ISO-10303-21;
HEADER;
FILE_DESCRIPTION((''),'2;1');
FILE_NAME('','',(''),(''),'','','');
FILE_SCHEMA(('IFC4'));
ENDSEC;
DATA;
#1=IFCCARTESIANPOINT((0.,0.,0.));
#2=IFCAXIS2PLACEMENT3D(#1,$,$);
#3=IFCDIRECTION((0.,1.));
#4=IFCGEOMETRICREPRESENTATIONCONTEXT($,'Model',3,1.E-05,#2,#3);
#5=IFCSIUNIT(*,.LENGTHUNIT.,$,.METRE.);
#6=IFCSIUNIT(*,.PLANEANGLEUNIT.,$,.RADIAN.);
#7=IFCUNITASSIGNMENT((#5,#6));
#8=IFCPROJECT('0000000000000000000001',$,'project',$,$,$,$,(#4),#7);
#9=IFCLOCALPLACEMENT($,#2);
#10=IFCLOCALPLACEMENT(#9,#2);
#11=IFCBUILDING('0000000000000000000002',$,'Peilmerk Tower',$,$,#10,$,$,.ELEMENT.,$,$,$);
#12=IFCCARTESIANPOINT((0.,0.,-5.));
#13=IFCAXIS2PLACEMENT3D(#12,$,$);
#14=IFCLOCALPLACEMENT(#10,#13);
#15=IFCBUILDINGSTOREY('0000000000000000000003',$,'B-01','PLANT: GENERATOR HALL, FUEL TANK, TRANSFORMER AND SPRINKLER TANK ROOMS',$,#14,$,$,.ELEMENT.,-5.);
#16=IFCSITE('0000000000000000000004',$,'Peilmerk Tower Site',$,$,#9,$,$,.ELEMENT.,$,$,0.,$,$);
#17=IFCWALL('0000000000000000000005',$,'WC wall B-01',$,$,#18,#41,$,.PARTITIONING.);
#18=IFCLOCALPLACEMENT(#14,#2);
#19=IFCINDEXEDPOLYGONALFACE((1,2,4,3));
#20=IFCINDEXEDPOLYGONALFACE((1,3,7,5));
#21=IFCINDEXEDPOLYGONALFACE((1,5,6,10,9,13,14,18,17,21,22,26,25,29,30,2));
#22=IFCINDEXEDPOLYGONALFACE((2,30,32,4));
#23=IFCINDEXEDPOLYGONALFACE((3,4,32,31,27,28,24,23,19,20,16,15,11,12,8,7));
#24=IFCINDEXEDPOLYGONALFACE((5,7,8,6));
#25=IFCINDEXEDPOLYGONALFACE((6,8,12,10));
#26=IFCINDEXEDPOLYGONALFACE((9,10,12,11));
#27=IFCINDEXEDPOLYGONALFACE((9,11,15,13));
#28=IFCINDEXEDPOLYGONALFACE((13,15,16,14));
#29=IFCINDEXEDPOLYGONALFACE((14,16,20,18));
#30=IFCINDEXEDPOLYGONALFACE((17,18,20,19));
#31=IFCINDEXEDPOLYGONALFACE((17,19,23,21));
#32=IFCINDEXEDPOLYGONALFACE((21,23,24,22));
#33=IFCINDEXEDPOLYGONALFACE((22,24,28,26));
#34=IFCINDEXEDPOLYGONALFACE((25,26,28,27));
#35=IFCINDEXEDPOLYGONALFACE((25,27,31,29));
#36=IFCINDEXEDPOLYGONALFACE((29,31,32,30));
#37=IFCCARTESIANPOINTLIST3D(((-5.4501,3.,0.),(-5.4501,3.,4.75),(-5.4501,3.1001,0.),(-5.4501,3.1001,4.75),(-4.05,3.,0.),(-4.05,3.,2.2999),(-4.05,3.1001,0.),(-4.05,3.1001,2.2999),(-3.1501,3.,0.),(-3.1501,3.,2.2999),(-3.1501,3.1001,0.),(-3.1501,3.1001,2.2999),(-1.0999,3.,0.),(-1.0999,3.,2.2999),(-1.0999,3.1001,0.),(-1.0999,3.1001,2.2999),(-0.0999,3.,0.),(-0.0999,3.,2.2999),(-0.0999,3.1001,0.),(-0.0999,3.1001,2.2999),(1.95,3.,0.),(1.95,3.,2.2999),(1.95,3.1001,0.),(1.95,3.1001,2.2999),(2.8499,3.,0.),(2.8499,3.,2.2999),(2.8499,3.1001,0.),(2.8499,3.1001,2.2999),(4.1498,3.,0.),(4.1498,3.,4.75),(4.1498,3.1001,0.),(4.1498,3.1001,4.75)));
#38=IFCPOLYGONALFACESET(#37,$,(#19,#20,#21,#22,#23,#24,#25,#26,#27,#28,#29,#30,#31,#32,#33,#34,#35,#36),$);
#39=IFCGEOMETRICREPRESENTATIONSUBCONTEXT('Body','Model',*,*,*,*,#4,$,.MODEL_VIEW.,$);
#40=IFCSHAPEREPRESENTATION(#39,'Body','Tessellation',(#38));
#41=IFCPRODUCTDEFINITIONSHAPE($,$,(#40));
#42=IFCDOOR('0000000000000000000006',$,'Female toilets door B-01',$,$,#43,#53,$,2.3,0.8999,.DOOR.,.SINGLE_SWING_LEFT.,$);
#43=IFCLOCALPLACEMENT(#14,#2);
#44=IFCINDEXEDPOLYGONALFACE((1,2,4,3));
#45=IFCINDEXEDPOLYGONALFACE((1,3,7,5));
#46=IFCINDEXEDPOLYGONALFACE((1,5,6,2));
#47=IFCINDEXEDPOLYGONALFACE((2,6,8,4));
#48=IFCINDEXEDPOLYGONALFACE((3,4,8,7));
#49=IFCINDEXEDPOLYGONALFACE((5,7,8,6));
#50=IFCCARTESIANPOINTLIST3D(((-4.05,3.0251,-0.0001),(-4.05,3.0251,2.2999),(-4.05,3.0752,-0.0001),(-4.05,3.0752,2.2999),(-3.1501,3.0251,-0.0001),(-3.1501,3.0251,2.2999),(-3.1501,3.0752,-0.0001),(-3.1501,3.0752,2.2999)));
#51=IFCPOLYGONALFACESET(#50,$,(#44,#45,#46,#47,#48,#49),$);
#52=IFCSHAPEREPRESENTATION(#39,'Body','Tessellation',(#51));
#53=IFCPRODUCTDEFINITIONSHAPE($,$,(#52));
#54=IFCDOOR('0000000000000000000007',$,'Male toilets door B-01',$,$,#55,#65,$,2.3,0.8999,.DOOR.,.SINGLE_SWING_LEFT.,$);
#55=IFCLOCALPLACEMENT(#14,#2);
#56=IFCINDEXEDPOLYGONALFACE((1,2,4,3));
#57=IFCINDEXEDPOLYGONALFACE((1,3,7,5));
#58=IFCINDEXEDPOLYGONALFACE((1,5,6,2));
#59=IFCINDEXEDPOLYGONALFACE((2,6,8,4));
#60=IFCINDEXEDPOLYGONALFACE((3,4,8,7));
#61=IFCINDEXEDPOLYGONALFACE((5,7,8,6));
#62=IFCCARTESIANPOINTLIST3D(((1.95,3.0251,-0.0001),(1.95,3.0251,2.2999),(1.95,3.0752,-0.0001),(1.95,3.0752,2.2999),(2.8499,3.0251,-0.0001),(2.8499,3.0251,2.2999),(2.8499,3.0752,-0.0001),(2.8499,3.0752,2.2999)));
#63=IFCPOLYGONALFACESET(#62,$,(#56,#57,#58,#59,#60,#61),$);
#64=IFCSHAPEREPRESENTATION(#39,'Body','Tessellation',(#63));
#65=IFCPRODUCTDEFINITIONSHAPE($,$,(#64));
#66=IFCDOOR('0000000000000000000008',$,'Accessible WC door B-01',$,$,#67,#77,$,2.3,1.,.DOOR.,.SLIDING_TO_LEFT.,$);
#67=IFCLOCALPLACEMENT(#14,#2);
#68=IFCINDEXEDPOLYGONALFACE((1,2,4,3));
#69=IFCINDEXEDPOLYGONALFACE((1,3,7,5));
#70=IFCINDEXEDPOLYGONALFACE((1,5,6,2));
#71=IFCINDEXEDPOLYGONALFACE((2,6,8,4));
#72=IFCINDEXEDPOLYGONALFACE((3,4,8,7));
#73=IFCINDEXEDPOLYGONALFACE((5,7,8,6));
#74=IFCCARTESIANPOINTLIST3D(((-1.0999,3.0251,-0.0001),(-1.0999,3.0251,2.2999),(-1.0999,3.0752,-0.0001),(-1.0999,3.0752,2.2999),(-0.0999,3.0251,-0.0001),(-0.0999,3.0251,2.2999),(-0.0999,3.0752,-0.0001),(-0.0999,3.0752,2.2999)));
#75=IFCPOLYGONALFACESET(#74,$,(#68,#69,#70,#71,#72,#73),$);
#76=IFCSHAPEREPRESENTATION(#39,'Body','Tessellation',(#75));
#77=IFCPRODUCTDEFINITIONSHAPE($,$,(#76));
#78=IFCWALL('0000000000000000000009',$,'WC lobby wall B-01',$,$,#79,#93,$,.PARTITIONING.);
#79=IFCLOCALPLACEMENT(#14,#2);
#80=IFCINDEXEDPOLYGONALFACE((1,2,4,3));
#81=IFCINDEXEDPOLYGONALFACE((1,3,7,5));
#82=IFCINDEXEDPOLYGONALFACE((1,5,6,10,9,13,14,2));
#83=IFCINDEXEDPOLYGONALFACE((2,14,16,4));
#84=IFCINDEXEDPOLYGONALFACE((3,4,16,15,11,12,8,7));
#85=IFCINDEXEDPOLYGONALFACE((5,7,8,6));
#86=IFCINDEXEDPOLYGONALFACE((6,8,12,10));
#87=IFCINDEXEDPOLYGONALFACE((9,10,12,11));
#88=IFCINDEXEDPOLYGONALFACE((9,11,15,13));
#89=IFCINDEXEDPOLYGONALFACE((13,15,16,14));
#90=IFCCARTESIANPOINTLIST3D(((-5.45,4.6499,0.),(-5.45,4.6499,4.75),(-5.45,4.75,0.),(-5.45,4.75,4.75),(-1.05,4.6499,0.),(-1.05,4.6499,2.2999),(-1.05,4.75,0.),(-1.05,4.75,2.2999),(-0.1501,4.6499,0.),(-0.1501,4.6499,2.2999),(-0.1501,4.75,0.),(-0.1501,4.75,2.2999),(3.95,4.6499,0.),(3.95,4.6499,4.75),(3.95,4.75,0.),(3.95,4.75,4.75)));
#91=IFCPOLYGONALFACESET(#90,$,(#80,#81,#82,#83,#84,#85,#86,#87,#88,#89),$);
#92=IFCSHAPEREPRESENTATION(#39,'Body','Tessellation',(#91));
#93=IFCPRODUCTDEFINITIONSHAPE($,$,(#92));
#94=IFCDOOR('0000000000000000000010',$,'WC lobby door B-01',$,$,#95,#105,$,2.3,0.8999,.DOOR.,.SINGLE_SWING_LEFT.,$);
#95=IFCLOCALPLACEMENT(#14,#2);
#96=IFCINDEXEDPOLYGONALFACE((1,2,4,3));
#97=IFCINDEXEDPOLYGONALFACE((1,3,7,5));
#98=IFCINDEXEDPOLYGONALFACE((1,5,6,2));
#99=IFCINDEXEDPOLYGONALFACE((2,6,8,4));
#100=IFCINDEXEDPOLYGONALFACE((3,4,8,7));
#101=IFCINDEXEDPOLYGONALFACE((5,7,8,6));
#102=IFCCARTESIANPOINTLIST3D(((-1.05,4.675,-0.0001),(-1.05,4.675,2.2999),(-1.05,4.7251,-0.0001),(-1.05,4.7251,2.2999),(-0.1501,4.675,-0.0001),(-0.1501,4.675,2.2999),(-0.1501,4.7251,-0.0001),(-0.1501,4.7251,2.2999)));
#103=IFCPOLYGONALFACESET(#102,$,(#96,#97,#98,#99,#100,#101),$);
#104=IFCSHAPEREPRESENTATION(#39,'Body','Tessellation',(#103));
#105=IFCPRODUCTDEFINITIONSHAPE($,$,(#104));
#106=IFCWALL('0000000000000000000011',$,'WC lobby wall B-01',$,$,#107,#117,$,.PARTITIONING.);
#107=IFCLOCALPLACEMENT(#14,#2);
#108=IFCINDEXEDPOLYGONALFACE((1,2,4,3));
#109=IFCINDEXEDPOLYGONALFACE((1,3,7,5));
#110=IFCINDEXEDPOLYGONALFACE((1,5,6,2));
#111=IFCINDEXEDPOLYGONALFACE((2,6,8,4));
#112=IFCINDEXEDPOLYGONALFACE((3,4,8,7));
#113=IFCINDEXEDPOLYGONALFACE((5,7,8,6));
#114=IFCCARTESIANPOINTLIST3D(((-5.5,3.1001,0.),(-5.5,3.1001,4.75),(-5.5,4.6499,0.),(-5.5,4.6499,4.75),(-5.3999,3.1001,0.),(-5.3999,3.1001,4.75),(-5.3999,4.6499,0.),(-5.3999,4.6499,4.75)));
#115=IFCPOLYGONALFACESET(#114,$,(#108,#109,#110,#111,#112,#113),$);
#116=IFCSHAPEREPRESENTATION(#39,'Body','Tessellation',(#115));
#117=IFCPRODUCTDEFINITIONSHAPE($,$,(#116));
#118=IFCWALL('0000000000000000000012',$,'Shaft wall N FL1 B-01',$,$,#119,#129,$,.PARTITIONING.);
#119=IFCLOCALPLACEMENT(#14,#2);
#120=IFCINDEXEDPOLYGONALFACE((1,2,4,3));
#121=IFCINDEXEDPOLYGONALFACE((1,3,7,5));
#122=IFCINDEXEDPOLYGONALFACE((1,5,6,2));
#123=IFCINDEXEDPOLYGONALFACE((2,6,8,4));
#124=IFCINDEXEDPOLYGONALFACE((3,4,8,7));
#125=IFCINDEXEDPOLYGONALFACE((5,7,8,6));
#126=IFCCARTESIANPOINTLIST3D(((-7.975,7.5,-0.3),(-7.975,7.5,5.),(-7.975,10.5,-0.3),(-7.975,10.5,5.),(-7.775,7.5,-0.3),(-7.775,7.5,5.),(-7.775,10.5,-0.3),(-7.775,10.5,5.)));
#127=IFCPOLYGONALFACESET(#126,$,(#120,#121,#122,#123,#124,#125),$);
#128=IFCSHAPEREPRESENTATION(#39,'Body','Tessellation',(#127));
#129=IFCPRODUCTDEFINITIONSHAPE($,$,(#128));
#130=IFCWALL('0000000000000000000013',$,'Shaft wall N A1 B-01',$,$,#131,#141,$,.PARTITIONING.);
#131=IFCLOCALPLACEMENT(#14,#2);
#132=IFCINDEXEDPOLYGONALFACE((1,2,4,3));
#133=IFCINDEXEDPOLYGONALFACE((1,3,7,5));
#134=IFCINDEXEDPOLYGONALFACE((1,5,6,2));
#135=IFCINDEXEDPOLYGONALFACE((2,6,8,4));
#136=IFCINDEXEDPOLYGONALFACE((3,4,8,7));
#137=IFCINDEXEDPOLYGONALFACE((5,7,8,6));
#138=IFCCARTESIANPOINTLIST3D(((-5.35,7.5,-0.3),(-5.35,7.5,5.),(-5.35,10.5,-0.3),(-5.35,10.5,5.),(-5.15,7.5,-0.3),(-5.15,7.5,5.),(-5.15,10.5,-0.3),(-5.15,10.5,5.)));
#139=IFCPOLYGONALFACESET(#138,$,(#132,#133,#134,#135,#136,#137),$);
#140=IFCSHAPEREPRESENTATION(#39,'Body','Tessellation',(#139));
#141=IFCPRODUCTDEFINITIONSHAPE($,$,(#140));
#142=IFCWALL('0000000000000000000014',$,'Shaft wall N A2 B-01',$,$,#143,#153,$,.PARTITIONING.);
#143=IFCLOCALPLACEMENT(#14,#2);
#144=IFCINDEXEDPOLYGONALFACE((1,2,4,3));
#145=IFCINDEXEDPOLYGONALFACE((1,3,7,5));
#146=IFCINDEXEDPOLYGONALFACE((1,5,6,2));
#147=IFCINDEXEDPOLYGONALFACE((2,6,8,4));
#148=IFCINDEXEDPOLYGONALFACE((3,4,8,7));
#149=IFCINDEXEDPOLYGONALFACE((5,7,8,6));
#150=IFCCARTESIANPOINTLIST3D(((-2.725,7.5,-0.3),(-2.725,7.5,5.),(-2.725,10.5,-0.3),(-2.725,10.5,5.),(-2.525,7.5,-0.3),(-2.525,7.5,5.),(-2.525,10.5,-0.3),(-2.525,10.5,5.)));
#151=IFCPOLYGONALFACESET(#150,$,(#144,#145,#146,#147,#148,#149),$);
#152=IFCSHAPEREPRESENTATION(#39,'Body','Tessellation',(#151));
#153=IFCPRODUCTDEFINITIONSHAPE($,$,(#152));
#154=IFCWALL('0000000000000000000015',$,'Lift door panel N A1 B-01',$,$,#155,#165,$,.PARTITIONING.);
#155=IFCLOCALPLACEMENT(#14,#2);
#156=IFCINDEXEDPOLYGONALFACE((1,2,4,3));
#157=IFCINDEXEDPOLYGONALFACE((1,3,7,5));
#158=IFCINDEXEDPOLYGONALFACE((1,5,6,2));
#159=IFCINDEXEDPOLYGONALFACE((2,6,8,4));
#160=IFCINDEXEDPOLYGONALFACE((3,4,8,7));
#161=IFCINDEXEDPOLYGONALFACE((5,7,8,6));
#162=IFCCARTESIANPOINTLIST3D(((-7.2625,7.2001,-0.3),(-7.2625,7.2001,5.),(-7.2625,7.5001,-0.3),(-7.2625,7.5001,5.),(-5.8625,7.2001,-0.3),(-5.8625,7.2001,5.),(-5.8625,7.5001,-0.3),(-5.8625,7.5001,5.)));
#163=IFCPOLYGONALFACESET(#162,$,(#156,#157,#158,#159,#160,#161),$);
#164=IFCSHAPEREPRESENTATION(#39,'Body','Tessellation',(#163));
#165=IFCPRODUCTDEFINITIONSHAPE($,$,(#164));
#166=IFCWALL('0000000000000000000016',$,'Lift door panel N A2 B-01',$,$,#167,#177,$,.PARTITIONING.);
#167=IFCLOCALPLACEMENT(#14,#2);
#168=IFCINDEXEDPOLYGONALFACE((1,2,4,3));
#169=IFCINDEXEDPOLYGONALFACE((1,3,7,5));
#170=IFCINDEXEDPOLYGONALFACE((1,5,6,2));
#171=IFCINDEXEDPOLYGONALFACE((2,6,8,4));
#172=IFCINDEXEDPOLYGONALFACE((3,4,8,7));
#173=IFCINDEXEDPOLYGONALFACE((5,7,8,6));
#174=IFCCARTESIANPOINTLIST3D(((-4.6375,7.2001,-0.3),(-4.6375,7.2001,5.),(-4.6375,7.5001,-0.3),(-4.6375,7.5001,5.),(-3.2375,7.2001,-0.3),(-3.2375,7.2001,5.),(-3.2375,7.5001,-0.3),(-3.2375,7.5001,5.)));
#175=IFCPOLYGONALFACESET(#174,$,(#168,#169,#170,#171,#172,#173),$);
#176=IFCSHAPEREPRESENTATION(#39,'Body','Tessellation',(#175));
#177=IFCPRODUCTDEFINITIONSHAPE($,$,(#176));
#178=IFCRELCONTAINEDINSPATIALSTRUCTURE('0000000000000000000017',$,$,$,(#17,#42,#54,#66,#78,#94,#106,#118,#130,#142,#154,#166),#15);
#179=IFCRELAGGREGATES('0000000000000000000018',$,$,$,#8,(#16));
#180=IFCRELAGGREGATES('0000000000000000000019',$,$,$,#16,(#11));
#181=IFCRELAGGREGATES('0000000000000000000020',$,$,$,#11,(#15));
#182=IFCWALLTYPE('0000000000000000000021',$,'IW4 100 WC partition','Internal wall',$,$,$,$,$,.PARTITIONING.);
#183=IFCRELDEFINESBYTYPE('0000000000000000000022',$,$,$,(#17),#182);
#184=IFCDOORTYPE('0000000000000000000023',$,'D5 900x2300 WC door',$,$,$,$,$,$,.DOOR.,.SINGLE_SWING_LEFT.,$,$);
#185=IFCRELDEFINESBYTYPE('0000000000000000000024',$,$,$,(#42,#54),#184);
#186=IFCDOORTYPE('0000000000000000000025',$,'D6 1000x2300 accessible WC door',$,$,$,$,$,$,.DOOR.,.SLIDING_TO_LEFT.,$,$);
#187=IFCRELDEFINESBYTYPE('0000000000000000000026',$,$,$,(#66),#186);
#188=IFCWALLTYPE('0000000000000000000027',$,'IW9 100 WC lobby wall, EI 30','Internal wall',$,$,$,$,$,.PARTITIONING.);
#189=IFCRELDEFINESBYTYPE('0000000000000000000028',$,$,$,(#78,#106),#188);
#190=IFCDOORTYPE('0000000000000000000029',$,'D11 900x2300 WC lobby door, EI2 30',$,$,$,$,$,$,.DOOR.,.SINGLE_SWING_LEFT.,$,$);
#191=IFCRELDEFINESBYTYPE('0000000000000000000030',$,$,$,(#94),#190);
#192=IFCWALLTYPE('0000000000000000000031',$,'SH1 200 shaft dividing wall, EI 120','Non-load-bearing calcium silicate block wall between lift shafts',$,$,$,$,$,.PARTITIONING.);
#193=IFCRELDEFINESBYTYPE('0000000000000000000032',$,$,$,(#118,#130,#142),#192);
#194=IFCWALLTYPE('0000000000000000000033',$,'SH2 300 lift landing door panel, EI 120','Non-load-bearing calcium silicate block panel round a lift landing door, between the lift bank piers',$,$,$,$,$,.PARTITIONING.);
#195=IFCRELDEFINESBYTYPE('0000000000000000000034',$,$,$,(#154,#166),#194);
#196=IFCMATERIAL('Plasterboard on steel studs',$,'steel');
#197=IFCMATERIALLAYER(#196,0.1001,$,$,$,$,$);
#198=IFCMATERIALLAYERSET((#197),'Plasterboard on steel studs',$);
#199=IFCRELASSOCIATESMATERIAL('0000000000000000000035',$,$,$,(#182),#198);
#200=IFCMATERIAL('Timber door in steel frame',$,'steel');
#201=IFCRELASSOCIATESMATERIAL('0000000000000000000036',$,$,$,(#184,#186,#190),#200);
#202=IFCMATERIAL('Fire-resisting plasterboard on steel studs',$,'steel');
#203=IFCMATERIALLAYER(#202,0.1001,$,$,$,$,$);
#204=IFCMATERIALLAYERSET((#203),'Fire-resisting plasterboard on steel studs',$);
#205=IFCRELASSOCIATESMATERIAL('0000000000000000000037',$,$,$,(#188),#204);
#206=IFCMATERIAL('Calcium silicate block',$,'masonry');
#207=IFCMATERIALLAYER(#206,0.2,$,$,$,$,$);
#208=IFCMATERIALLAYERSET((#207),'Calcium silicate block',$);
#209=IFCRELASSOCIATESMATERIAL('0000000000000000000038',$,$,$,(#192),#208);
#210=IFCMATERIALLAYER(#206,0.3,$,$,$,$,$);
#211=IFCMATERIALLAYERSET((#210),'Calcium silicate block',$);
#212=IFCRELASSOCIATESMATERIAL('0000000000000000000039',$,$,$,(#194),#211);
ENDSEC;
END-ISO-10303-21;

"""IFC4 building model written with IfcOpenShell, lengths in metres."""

from ifc_helpers import new_model, si_unit, direction, frame, frame_2d, origin, place, context, subcontext, project, spatial, rectangle, extrude, material, layer, layer_set, type_object, element, fill, save


model = new_model("IFC4")

# Units and contexts
model_context = context("Model", 3, precision=1e-05, world=origin(), true_north=direction((0.0, 1.0)))
body_context = subcontext(model_context, "Body", "Model", "MODEL_VIEW")
ifc_project = project(units=[si_unit("LENGTHUNIT", "METRE"), si_unit("PLANEANGLEUNIT", "RADIAN")], contexts=[model_context])

# Site, building, storey
site_placement = place(None, origin())
site = spatial("IfcSite", under=ifc_project, at=site_placement, Name="Peilmerk Tower Site", CompositionType="ELEMENT", RefElevation=0.0)
building_placement = place(site_placement, origin())
building = spatial("IfcBuilding", under=site, at=building_placement, Name="Peilmerk Tower", CompositionType="ELEMENT")
storey_placement = place(building_placement, frame((0.0, 0.0, -5.0)))
storey = spatial("IfcBuildingStorey", under=building, at=storey_placement, Name="B-01", Description="PLANT: GENERATOR HALL, FUEL TANK, TRANSFORMER AND SPRINKLER TANK ROOMS", CompositionType="ELEMENT", Elevation=-5.0)

# Wall, openings, doors
ifc_material_1 = material(Name="Plasterboard on steel studs", Category="steel")
ifc_layer_1 = layer(ifc_material_1, 0.1001)
ifc_layer_set_1 = layer_set([ifc_layer_1], Name="Plasterboard on steel studs")
wall_type_1 = type_object("IfcWallType", Name="IW4 100 WC partition", Description="Internal wall", PredefinedType="PARTITIONING", material=ifc_layer_set_1)
wall_1_placement = place(storey_placement, frame((-5.45, 3.05, 0.0), z_axis=(0.0, 0.0, 1.0), x_axis=(1.0, 0.0, 0.0)))
wall_1 = element("IfcWall", 1, at=wall_1_placement, inside=storey, type_object=wall_type_1, Name="WC wall B-01", PredefinedType="PARTITIONING", context=body_context, shape_type="SweptSolid", body=[
    extrude(rectangle(XDim=9.5999, YDim=0.1001, at=frame_2d((4.7998, 0.0))), origin(), (0.0, 0.0, 1.0), 4.75),
])
opening_1_placement = place(wall_1_placement, frame((1.3999, 0.0, 0.0)))
opening_1 = element("IfcOpeningElement", 2, at=opening_1_placement, cuts=wall_1, PredefinedType="OPENING", context=body_context, shape_type="SweptSolid", body=[
    extrude(rectangle(XDim=0.8999, YDim=2.3, at=frame_2d((0.45, 1.1499))), frame((0.0, 0.0601, 0.0), z_axis=(0.0, -1.0, 0.0), x_axis=(1.0, 0.0, 0.0)), (0.0, 0.0, 1.0), 0.1201),
])
opening_2_placement = place(wall_1_placement, frame((4.3501, 0.0, 0.0)))
opening_2 = element("IfcOpeningElement", 3, at=opening_2_placement, cuts=wall_1, PredefinedType="OPENING", context=body_context, shape_type="SweptSolid", body=[
    extrude(rectangle(XDim=1.0, YDim=2.3, at=frame_2d((0.5, 1.1499))), frame((0.0, 0.0601, 0.0), z_axis=(0.0, -1.0, 0.0), x_axis=(1.0, 0.0, 0.0)), (0.0, 0.0, 1.0), 0.1201),
])
opening_3_placement = place(wall_1_placement, frame((7.3999, 0.0, 0.0)))
opening_3 = element("IfcOpeningElement", 4, at=opening_3_placement, cuts=wall_1, PredefinedType="OPENING", context=body_context, shape_type="SweptSolid", body=[
    extrude(rectangle(XDim=0.8999, YDim=2.3, at=frame_2d((0.45, 1.1499))), frame((0.0, 0.0601, 0.0), z_axis=(0.0, -1.0, 0.0), x_axis=(1.0, 0.0, 0.0)), (0.0, 0.0, 1.0), 0.1201),
])
ifc_material_2 = material(Name="Timber door in steel frame", Category="steel")
door_type_1 = type_object("IfcDoorType", Name="D5 900x2300 WC door", OperationType="SINGLE_SWING_LEFT", PredefinedType="DOOR", material=ifc_material_2)
door_1_placement = place(opening_1_placement, frame((0.8999, 0.0, 0.0), z_axis=(0.0, 0.0, 1.0), x_axis=(-1.0, 0.0, 0.0)))
door_1 = element("IfcDoor", 5, at=door_1_placement, inside=storey, type_object=door_type_1, Name="Female toilets door B-01", OperationType="SINGLE_SWING_LEFT", OverallHeight=2.3, OverallWidth=0.8999, PredefinedType="DOOR", context=body_context, shape_type="SweptSolid", body=[
    extrude(rectangle(XDim=0.8999, YDim=2.3, at=frame_2d((0.45, 1.1499))), frame((0.0, 0.0249, 0.0), z_axis=(0.0, -1.0, 0.0), x_axis=(1.0, 0.0, 0.0)), (0.0, 0.0, 1.0), 0.05),
])
fill(opening_1, door_1)
door_2_placement = place(opening_3_placement, frame((0.8999, 0.0, 0.0), z_axis=(0.0, 0.0, 1.0), x_axis=(-1.0, 0.0, 0.0)))
door_2 = element("IfcDoor", 6, at=door_2_placement, inside=storey, type_object=door_type_1, Name="Male toilets door B-01", OperationType="SINGLE_SWING_LEFT", OverallHeight=2.3, OverallWidth=0.8999, PredefinedType="DOOR", context=body_context, shape_type="SweptSolid", body=[
    extrude(rectangle(XDim=0.8999, YDim=2.3, at=frame_2d((0.45, 1.1499))), frame((0.0, 0.0249, 0.0), z_axis=(0.0, -1.0, 0.0), x_axis=(1.0, 0.0, 0.0)), (0.0, 0.0, 1.0), 0.05),
])
fill(opening_3, door_2)
door_type_2 = type_object("IfcDoorType", Name="D6 1000x2300 accessible WC door", OperationType="SLIDING_TO_LEFT", PredefinedType="DOOR", material=ifc_material_2)
door_3_placement = place(opening_2_placement, frame((1.0, 0.0, 0.0), z_axis=(0.0, 0.0, 1.0), x_axis=(-1.0, 0.0, 0.0)))
door_3 = element("IfcDoor", 7, at=door_3_placement, inside=storey, type_object=door_type_2, Name="Accessible WC door B-01", OperationType="SLIDING_TO_LEFT", OverallHeight=2.3, OverallWidth=1.0, PredefinedType="DOOR", context=body_context, shape_type="SweptSolid", body=[
    extrude(rectangle(XDim=1.0, YDim=2.3, at=frame_2d((0.5, 1.1499))), frame((0.0, 0.0249, 0.0), z_axis=(0.0, -1.0, 0.0), x_axis=(1.0, 0.0, 0.0)), (0.0, 0.0, 1.0), 0.05),
])
fill(opening_2, door_3)

# Wall, opening, door
ifc_material_3 = material(Name="Fire-resisting plasterboard on steel studs", Category="steel")
ifc_layer_2 = layer(ifc_material_3, 0.1001)
ifc_layer_set_2 = layer_set([ifc_layer_2], Name="Fire-resisting plasterboard on steel studs")
wall_type_2 = type_object("IfcWallType", Name="IW9 100 WC lobby wall, EI 30", Description="Internal wall", PredefinedType="PARTITIONING", material=ifc_layer_set_2)
wall_2_placement = place(storey_placement, frame((-5.45, 4.7, 0.0), z_axis=(0.0, 0.0, 1.0), x_axis=(1.0, 0.0, 0.0)))
wall_2 = element("IfcWall", 8, at=wall_2_placement, inside=storey, type_object=wall_type_2, Name="WC lobby wall B-01", PredefinedType="PARTITIONING", context=body_context, shape_type="SweptSolid", body=[
    extrude(rectangle(XDim=9.3999, YDim=0.1001, at=frame_2d((4.7, 0.0))), origin(), (0.0, 0.0, 1.0), 4.75),
])
opening_4_placement = place(wall_2_placement, frame((4.3999, 0.0, 0.0)))
opening_4 = element("IfcOpeningElement", 9, at=opening_4_placement, cuts=wall_2, PredefinedType="OPENING", context=body_context, shape_type="SweptSolid", body=[
    extrude(rectangle(XDim=0.8999, YDim=2.3, at=frame_2d((0.45, 1.1499))), frame((0.0, 0.0601, 0.0), z_axis=(0.0, -1.0, 0.0), x_axis=(1.0, 0.0, 0.0)), (0.0, 0.0, 1.0), 0.1201),
])
door_type_3 = type_object("IfcDoorType", Name="D11 900x2300 WC lobby door, EI2 30", OperationType="SINGLE_SWING_LEFT", PredefinedType="DOOR", material=ifc_material_2)
door_4_placement = place(opening_4_placement, frame((0.8999, 0.0, 0.0), z_axis=(0.0, 0.0, 1.0), x_axis=(-1.0, 0.0, 0.0)))
door_4 = element("IfcDoor", 10, at=door_4_placement, inside=storey, type_object=door_type_3, Name="WC lobby door B-01", OperationType="SINGLE_SWING_LEFT", OverallHeight=2.3, OverallWidth=0.8999, PredefinedType="DOOR", context=body_context, shape_type="SweptSolid", body=[
    extrude(rectangle(XDim=0.8999, YDim=2.3, at=frame_2d((0.45, 1.1499))), frame((0.0, 0.0249, 0.0), z_axis=(0.0, -1.0, 0.0), x_axis=(1.0, 0.0, 0.0)), (0.0, 0.0, 1.0), 0.05),
])
fill(opening_4, door_4)

# Walls
wall_3_placement = place(storey_placement, frame((-5.45, 3.1001, 0.0), z_axis=(0.0, 0.0, 1.0), x_axis=(0.0, 1.0, 0.0)))
element("IfcWall", 11, at=wall_3_placement, inside=storey, type_object=wall_type_2, Name="WC lobby wall B-01", PredefinedType="PARTITIONING", context=body_context, shape_type="SweptSolid", body=[
    extrude(rectangle(XDim=1.5498, YDim=0.1001, at=frame_2d((0.7749, 0.0))), origin(), (0.0, 0.0, 1.0), 4.75),
])
ifc_material_4 = material(Name="Calcium silicate block", Category="masonry")
ifc_layer_3 = layer(ifc_material_4, 0.2)
ifc_layer_set_3 = layer_set([ifc_layer_3], Name="Calcium silicate block")
wall_type_3 = type_object("IfcWallType", Name="SH1 200 shaft dividing wall, EI 120", Description="Non-load-bearing calcium silicate block wall between lift shafts", PredefinedType="PARTITIONING", material=ifc_layer_set_3)
for number, where, z_axis, x_axis, name in (
    (12, (-7.875, 7.5, -0.3), (0.0, 0.0, 1.0), (0.0, 1.0, 0.0), "Shaft wall N FL1 B-01"),
    (13, (-5.25, 7.5, -0.3), (0.0, 0.0, 1.0), (0.0, 1.0, 0.0), "Shaft wall N A1 B-01"),
    (14, (-2.625, 7.5, -0.3), (0.0, 0.0, 1.0), (0.0, 1.0, 0.0), "Shaft wall N A2 B-01"),
):
    element("IfcWall", number, at=place(storey_placement, frame(where, z_axis=z_axis, x_axis=x_axis)), inside=storey, type_object=wall_type_3, Name=name, PredefinedType="PARTITIONING", context=body_context, shape_type="SweptSolid", body=[
        extrude(rectangle(XDim=3.0, YDim=0.2, at=frame_2d((1.5, 0.0))), origin(), (0.0, 0.0, 1.0), 5.3),
    ])
ifc_layer_4 = layer(ifc_material_4, 0.3)
ifc_layer_set_4 = layer_set([ifc_layer_4], Name="Calcium silicate block")
wall_type_4 = type_object("IfcWallType", Name="SH2 300 lift landing door panel, EI 120", Description="Non-load-bearing calcium silicate block panel round a lift landing door, between the lift bank piers", PredefinedType="PARTITIONING", material=ifc_layer_set_4)
for number, where, z_axis, x_axis, name in (
    (15, (-7.2625, 7.3501, -0.3), (0.0, 0.0, 1.0), (1.0, 0.0, 0.0), "Lift door panel N A1 B-01"),
    (16, (-4.6375, 7.3501, -0.3), (0.0, 0.0, 1.0), (1.0, 0.0, 0.0), "Lift door panel N A2 B-01"),
):
    element("IfcWall", number, at=place(storey_placement, frame(where, z_axis=z_axis, x_axis=x_axis)), inside=storey, type_object=wall_type_4, Name=name, PredefinedType="PARTITIONING", context=body_context, shape_type="SweptSolid", body=[
        extrude(rectangle(XDim=1.3999, YDim=0.3, at=frame_2d((0.7, 0.0))), origin(), (0.0, 0.0, 1.0), 5.3),
    ])

save(model, "model.ifc")
